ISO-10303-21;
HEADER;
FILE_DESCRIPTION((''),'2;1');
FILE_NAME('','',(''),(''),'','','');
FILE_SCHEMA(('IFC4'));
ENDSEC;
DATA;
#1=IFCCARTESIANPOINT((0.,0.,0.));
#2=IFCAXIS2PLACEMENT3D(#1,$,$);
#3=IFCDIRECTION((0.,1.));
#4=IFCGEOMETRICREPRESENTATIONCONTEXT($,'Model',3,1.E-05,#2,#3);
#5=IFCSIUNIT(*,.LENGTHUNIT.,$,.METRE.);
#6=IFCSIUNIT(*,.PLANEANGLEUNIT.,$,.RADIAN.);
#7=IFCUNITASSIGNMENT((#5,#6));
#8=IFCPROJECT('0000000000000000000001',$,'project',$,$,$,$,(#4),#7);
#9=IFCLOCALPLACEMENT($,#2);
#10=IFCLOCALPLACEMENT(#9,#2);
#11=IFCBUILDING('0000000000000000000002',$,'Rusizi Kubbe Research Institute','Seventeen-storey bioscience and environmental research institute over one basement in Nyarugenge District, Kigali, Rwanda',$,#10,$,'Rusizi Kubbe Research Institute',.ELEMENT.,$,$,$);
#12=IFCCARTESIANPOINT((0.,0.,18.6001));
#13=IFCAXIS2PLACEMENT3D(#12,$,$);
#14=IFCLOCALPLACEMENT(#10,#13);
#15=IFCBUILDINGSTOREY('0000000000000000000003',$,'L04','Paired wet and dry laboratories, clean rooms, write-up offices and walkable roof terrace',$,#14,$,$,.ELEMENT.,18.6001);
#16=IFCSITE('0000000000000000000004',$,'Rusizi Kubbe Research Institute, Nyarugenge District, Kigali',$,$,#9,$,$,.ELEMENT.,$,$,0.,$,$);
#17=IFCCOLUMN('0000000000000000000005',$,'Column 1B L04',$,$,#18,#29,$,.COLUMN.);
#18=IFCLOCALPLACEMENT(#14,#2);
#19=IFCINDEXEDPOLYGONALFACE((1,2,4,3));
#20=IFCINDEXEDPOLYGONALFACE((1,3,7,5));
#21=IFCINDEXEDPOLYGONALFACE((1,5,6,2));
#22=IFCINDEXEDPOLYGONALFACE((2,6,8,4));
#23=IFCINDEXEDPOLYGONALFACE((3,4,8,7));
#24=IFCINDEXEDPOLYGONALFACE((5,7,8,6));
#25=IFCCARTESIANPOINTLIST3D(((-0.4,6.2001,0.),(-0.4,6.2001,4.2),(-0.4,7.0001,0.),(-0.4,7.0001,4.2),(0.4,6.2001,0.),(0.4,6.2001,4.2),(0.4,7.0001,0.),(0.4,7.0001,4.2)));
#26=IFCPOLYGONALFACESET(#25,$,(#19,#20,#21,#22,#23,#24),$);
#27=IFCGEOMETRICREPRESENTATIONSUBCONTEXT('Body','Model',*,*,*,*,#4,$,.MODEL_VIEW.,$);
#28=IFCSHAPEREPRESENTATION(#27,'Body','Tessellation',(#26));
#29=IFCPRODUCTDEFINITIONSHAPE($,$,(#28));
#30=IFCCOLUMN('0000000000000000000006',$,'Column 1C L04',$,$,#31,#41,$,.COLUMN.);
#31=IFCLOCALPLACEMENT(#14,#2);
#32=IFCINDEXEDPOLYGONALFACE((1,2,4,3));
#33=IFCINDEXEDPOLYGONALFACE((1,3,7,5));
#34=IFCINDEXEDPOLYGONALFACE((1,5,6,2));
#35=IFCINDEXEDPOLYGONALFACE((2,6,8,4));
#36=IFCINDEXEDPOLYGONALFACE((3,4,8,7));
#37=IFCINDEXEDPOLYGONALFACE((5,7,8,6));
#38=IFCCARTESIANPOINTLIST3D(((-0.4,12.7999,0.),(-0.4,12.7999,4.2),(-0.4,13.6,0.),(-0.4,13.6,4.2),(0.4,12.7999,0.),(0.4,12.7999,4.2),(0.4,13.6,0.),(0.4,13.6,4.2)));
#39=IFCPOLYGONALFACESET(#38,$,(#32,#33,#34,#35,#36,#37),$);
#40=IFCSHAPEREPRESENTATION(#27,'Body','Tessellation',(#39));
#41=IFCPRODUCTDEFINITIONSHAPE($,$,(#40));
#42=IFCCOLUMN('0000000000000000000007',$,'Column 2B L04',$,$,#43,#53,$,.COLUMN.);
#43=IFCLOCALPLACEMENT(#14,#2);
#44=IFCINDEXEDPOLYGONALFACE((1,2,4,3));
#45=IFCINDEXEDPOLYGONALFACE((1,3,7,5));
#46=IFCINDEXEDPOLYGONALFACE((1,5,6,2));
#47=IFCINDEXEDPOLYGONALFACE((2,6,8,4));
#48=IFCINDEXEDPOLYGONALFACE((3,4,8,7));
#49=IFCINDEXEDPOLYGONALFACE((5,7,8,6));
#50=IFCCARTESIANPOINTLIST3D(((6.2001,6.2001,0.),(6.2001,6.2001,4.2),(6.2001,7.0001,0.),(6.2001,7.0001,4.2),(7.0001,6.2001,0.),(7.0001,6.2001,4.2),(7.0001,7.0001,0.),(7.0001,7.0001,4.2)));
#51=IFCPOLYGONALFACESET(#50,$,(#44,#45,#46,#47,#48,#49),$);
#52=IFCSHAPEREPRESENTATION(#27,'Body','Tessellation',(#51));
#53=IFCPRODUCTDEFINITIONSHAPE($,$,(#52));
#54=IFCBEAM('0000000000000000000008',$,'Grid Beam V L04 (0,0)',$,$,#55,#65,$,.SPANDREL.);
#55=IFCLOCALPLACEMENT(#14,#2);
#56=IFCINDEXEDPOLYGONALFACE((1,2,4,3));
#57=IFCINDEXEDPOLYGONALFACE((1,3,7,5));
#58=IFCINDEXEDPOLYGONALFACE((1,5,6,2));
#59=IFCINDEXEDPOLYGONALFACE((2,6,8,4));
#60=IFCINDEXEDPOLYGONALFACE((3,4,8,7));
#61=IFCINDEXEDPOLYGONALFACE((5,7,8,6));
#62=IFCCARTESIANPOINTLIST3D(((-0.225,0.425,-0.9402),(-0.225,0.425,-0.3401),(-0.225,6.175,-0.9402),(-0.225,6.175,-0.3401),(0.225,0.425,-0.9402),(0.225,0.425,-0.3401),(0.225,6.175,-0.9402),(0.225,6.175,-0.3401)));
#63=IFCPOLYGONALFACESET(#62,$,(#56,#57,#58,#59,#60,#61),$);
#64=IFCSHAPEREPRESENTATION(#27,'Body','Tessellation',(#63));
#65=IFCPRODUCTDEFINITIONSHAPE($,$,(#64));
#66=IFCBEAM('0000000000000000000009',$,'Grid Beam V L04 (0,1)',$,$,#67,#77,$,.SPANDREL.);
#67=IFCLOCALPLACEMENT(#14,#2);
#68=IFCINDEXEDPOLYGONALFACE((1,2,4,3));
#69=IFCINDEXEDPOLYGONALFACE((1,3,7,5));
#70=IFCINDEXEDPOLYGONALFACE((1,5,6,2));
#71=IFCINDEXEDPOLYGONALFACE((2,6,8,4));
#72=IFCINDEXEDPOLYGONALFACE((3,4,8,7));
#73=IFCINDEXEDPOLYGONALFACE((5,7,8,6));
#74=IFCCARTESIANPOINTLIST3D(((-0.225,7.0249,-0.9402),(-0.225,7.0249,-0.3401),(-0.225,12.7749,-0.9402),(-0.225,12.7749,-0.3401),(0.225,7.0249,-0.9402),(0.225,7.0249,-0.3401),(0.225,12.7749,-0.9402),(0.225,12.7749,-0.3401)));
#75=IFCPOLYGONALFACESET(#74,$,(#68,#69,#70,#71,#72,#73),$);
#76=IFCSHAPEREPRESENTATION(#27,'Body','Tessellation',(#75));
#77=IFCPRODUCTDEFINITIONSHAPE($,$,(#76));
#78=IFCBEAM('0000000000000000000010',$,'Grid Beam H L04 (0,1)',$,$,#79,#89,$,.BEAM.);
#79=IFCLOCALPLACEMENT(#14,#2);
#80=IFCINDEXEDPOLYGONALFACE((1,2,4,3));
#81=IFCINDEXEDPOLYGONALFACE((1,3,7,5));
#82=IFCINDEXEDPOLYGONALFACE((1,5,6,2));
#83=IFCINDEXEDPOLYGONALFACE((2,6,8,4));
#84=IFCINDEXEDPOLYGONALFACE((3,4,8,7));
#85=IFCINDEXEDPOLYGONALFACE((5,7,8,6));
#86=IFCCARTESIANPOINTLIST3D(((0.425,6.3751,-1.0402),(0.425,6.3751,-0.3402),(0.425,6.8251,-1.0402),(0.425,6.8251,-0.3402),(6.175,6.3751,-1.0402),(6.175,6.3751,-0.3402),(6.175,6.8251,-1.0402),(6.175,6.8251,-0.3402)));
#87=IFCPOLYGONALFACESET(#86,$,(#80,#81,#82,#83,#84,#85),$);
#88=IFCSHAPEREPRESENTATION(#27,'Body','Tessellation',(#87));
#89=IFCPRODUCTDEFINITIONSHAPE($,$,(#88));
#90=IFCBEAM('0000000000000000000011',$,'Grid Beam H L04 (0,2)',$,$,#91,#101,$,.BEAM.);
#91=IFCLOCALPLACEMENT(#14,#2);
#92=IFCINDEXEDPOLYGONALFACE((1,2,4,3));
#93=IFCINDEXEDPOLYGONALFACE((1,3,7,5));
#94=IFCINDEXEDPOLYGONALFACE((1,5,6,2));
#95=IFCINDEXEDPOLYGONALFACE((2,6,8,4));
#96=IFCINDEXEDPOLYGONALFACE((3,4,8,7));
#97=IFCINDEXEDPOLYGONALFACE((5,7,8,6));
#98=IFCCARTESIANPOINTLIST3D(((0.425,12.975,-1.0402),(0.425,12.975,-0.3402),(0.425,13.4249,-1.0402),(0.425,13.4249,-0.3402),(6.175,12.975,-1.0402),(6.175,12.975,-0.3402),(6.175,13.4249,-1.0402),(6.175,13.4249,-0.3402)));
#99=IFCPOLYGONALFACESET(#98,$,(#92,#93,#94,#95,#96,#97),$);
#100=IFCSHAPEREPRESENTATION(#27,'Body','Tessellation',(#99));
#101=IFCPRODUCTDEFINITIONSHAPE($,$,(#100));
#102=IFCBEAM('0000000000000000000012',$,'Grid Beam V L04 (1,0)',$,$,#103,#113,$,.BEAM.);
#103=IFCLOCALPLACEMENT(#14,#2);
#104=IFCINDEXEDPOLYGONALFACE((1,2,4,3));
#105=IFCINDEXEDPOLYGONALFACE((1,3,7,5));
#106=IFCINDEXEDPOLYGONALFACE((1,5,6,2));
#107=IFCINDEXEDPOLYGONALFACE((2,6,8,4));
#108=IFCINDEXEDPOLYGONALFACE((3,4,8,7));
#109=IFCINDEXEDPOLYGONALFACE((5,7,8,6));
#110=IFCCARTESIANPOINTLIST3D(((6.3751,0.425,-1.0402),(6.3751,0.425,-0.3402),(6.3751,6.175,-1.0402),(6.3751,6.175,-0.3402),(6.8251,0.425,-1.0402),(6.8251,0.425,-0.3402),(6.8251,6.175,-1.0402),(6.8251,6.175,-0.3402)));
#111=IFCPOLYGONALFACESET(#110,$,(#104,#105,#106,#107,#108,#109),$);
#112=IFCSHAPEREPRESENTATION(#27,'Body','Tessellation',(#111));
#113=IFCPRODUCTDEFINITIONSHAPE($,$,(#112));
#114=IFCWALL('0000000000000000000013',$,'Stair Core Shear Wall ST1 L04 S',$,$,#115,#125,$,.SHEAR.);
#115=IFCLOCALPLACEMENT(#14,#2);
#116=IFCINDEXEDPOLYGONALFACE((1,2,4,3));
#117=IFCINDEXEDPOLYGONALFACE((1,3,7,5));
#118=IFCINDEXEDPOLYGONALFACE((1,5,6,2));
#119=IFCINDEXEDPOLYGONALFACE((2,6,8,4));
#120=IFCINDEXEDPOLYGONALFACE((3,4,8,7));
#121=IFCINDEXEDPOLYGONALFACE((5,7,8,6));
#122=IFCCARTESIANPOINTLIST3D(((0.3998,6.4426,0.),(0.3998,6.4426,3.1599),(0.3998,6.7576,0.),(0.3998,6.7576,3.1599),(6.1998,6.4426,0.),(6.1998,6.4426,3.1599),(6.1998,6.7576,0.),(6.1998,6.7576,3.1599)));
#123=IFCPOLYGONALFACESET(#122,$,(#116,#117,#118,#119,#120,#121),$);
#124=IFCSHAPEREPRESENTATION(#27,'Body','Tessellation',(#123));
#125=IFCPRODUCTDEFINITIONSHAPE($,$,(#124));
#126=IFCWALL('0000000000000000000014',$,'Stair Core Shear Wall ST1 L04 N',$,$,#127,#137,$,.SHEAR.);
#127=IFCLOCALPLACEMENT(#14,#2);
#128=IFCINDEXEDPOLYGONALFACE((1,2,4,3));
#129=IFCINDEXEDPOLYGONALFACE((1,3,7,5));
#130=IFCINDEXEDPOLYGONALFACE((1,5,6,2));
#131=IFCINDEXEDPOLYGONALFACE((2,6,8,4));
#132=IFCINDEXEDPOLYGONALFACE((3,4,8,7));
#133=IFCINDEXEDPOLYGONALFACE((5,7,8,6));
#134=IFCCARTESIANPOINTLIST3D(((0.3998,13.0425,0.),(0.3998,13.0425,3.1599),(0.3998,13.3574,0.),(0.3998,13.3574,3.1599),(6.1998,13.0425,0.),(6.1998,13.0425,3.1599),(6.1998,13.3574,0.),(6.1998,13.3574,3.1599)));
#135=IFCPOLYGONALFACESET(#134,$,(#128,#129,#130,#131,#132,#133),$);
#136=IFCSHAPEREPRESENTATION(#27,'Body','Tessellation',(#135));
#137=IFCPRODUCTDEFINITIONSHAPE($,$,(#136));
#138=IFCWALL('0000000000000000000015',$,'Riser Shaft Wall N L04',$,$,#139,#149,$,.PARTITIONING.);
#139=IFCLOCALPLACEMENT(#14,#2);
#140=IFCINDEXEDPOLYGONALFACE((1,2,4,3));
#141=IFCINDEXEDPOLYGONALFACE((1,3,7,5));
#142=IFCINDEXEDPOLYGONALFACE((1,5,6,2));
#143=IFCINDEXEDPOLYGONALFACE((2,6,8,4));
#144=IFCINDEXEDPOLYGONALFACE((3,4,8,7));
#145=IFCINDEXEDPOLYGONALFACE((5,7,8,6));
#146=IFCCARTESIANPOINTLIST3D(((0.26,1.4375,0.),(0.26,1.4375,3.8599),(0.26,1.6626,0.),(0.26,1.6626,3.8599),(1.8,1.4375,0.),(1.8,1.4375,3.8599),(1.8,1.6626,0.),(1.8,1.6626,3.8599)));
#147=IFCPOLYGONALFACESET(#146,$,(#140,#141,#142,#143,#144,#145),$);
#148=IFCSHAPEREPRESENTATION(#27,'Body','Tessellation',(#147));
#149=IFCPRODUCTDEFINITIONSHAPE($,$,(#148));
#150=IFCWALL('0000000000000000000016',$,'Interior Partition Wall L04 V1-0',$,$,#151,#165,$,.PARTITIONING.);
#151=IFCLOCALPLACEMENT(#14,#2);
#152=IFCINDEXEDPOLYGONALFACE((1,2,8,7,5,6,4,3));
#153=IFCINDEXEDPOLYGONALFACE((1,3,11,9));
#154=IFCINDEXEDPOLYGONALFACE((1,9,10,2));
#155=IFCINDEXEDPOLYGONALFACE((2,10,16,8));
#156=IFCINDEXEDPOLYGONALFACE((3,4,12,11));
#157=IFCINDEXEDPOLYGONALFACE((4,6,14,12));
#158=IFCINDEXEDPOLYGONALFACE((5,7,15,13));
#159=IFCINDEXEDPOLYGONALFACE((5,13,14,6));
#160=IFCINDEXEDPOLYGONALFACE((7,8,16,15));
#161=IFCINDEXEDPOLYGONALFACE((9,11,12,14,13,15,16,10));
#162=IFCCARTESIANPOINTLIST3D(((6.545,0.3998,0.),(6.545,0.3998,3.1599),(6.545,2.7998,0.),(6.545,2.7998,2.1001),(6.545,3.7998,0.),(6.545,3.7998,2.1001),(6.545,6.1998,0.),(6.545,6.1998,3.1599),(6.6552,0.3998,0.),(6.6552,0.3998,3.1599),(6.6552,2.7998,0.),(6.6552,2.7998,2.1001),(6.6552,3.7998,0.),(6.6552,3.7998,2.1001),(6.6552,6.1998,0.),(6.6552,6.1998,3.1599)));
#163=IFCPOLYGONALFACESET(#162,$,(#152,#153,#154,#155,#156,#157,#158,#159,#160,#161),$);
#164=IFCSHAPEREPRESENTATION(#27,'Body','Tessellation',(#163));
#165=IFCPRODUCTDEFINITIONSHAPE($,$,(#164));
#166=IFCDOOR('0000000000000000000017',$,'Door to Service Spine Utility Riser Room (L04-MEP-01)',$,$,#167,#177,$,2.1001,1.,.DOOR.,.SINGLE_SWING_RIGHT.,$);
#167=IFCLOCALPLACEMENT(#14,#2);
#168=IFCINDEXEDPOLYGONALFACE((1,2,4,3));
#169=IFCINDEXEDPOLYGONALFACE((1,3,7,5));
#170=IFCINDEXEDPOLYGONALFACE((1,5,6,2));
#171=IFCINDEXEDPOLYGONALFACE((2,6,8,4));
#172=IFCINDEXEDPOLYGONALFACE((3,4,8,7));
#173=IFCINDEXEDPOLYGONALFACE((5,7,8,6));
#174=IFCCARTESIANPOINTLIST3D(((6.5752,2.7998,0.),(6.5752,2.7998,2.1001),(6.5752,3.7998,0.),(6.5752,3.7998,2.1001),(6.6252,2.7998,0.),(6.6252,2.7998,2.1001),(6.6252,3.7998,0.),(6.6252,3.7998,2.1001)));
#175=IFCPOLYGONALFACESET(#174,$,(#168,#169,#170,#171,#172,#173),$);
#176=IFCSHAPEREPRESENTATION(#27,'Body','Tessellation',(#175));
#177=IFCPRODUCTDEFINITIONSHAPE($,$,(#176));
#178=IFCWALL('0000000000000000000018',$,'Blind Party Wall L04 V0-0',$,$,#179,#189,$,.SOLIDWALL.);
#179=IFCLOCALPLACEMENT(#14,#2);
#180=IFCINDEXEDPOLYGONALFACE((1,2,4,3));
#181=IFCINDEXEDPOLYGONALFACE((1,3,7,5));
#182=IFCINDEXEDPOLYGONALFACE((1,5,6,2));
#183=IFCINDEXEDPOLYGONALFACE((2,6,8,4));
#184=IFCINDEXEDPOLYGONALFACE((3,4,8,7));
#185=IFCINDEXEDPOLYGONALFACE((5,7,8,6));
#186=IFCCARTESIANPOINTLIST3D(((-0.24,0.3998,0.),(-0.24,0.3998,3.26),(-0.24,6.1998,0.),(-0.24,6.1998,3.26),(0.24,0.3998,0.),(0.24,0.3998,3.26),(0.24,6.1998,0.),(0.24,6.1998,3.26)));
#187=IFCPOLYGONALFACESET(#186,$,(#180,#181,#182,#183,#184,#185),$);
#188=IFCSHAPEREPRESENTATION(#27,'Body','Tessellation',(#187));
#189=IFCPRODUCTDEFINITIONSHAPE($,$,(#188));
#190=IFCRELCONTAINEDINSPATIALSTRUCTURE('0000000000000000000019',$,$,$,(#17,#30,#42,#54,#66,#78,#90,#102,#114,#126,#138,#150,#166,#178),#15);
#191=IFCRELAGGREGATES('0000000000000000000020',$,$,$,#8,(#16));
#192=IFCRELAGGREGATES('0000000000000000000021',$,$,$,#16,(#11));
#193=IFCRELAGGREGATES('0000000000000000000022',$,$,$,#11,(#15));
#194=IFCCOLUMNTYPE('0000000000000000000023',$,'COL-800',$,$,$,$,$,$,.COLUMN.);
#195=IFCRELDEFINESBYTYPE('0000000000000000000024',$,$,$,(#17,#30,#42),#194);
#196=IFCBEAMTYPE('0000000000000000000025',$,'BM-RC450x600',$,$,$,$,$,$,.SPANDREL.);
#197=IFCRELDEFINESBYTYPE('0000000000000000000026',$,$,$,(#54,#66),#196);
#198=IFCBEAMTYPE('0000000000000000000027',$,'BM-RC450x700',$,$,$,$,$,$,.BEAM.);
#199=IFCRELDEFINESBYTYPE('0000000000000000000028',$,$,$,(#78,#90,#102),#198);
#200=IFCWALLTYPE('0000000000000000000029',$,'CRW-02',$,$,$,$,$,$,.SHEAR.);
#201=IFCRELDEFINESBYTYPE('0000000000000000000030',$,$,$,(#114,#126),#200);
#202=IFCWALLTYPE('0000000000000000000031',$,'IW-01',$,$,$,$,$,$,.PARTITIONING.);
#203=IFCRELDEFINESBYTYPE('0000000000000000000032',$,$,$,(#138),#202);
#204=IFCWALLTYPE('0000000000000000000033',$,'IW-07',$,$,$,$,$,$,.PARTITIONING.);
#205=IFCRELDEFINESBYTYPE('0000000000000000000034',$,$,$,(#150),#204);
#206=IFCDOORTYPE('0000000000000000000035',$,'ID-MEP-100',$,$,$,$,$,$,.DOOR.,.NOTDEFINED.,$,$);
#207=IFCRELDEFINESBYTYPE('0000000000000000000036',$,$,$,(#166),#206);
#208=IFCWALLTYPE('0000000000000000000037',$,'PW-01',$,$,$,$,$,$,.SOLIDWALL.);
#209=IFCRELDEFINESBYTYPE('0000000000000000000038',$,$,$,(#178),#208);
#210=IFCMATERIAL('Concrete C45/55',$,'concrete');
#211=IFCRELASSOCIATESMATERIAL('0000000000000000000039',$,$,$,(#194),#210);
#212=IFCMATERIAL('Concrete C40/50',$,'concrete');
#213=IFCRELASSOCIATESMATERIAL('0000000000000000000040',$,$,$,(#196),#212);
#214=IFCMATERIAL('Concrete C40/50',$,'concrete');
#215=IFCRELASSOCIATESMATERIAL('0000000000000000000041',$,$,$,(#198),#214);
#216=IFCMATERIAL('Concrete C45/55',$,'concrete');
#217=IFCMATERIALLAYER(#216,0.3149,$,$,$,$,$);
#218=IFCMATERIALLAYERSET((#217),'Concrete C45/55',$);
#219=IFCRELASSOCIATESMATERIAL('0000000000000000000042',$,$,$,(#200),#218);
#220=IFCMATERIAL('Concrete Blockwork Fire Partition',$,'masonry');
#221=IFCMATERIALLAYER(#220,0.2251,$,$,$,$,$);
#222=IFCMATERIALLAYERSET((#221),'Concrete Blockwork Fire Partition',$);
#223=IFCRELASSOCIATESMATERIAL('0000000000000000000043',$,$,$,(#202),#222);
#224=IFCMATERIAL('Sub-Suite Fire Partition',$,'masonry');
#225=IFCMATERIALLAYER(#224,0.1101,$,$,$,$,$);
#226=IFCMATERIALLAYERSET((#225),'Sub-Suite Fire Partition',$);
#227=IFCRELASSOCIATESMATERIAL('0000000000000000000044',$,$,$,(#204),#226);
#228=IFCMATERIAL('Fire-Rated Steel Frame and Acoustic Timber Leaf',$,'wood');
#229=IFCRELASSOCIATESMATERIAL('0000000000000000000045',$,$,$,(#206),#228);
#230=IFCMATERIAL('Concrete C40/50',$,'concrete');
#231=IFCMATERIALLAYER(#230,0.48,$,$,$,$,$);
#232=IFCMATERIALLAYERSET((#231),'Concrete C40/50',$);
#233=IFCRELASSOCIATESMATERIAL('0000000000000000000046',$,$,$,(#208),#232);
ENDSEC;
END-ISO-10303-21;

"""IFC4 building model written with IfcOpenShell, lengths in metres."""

from ifc_helpers import new_model, si_unit, direction, frame, frame_2d, origin, origin_2d, place, context, subcontext, project, spatial, rectangle, extrude, material, layer, layer_set, material_profile, profile_set, type_object, element, fill, save


model = new_model("IFC4")

# Units and contexts
model_context = context("Model", 3, precision=1e-05, world=origin(), true_north=direction((0.0, 1.0)))
body_context = subcontext(model_context, "Body", "Model", "MODEL_VIEW")
ifc_project = project(units=[si_unit("LENGTHUNIT", "METRE"), si_unit("PLANEANGLEUNIT", "RADIAN")], contexts=[model_context])

# Site, building, storey
site_placement = place(None, origin())
site = spatial("IfcSite", under=ifc_project, at=site_placement, Name="Rusizi Kubbe Research Institute, Nyarugenge District, Kigali", CompositionType="ELEMENT", RefElevation=0.0)
building_placement = place(site_placement, origin())
building = spatial("IfcBuilding", under=site, at=building_placement, Name="Rusizi Kubbe Research Institute", Description="Seventeen-storey bioscience and environmental research institute over one basement in Nyarugenge District, Kigali, Rwanda", LongName="Rusizi Kubbe Research Institute", CompositionType="ELEMENT")
storey_placement = place(building_placement, frame((0.0, 0.0, 18.6001)))
storey = spatial("IfcBuildingStorey", under=building, at=storey_placement, Name="L04", Description="Paired wet and dry laboratories, clean rooms, write-up offices and walkable roof terrace", CompositionType="ELEMENT", Elevation=18.6001)

# Columns
ifc_material_1 = material(Name="Concrete C45/55", Category="concrete")
ifc_material_profile_1 = material_profile(ifc_material_1, rectangle(XDim=0.8, YDim=0.8, at=origin_2d()), Name="RC800x800")
ifc_profile_set_1 = profile_set([ifc_material_profile_1], Name="Concrete C45/55")
column_type = type_object("IfcColumnType", Name="COL-800", PredefinedType="COLUMN", material=ifc_profile_set_1)
for number, where, z_axis, x_axis, name in (
    (1, (0.0, 6.6001, 0.0), (0.0, 0.0, 1.0), (1.0, 0.0, 0.0), "Column 1B L04"),
    (2, (0.0, 13.2, 0.0), (0.0, 0.0, 1.0), (1.0, 0.0, 0.0), "Column 1C L04"),
    (3, (6.6001, 6.6001, 0.0), (0.0, 0.0, 1.0), (1.0, 0.0, 0.0), "Column 2B L04"),
):
    element("IfcColumn", number, at=place(storey_placement, frame(where, z_axis=z_axis, x_axis=x_axis)), inside=storey, type_object=column_type, Name=name, PredefinedType="COLUMN", context=body_context, shape_type="SweptSolid", body=[
        extrude(rectangle(XDim=0.8, YDim=0.8, at=origin_2d()), origin(), (0.0, 0.0, 1.0), 4.2),
    ])

# Beams
ifc_material_2 = material(Name="Concrete C40/50", Category="concrete")
ifc_material_profile_2 = material_profile(ifc_material_2, rectangle(XDim=0.45, YDim=0.6001, at=origin_2d()), Name="RC450x600")
ifc_profile_set_2 = profile_set([ifc_material_profile_2], Name="Concrete C40/50")
beam_type_1 = type_object("IfcBeamType", Name="BM-RC450x600", PredefinedType="SPANDREL", material=ifc_profile_set_2)
for number, where, z_axis, x_axis, name in (
    (4, (0.0, 0.425, -0.6401), (0.0, 1.0, 0.0), (-1.0, 0.0, 0.0), "Grid Beam V L04 (0,0)"),
    (5, (0.0, 7.0249, -0.6401), (0.0, 1.0, 0.0), (-1.0, 0.0, 0.0), "Grid Beam V L04 (0,1)"),
):
    element("IfcBeam", number, at=place(storey_placement, frame(where, z_axis=z_axis, x_axis=x_axis)), inside=storey, type_object=beam_type_1, Name=name, PredefinedType="SPANDREL", context=body_context, shape_type="SweptSolid", body=[
        extrude(rectangle(XDim=0.45, YDim=0.6001, at=origin_2d()), origin(), (0.0, 0.0, 1.0), 5.75),
    ])
ifc_material_3 = material(Name="Concrete C40/50", Category="concrete")
ifc_material_profile_3 = material_profile(ifc_material_3, rectangle(XDim=0.45, YDim=0.7, at=origin_2d()), Name="RC450x700B")
ifc_profile_set_3 = profile_set([ifc_material_profile_3], Name="Concrete C40/50")
beam_type_2 = type_object("IfcBeamType", Name="BM-RC450x700", PredefinedType="BEAM", material=ifc_profile_set_3)
for number, where, z_axis, x_axis, name in (
    (6, (0.425, 6.6001, -0.6902), (1.0, 0.0, 0.0), (0.0, 1.0, 0.0), "Grid Beam H L04 (0,1)"),
    (7, (0.425, 13.2, -0.6902), (1.0, 0.0, 0.0), (0.0, 1.0, 0.0), "Grid Beam H L04 (0,2)"),
    (8, (6.6001, 0.425, -0.6902), (0.0, 1.0, 0.0), (-1.0, 0.0, 0.0), "Grid Beam V L04 (1,0)"),
):
    element("IfcBeam", number, at=place(storey_placement, frame(where, z_axis=z_axis, x_axis=x_axis)), inside=storey, type_object=beam_type_2, Name=name, PredefinedType="BEAM", context=body_context, shape_type="SweptSolid", body=[
        extrude(rectangle(XDim=0.45, YDim=0.7, at=origin_2d()), origin(), (0.0, 0.0, 1.0), 5.75),
    ])

# Walls
ifc_material_4 = material(Name="Concrete C45/55", Category="concrete")
ifc_layer_1 = layer(ifc_material_4, 0.3149)
ifc_layer_set_1 = layer_set([ifc_layer_1], Name="Concrete C45/55")
wall_type_1 = type_object("IfcWallType", Name="CRW-02", PredefinedType="SHEAR", material=ifc_layer_set_1)
for number, where, z_axis, x_axis, name in (
    (9, (0.3999, 6.6001, 0.0), (0.0, 0.0, 1.0), (1.0, 0.0, 0.0), "Stair Core Shear Wall ST1 L04 S"),
    (10, (0.3999, 13.2, 0.0), (0.0, 0.0, 1.0), (1.0, 0.0, 0.0), "Stair Core Shear Wall ST1 L04 N"),
):
    element("IfcWall", number, at=place(storey_placement, frame(where, z_axis=z_axis, x_axis=x_axis)), inside=storey, type_object=wall_type_1, Name=name, PredefinedType="SHEAR", context=body_context, shape_type="SweptSolid", body=[
        extrude(rectangle(XDim=5.8, YDim=0.3149, at=frame_2d((2.8999, 0.0))), origin(), (0.0, 0.0, 1.0), 3.1599),
    ])
ifc_material_5 = material(Name="Concrete Blockwork Fire Partition", Category="masonry")
ifc_layer_2 = layer(ifc_material_5, 0.2251)
ifc_layer_set_2 = layer_set([ifc_layer_2], Name="Concrete Blockwork Fire Partition")
wall_type_2 = type_object("IfcWallType", Name="IW-01", PredefinedType="PARTITIONING", material=ifc_layer_set_2)
wall_1_placement = place(storey_placement, frame((0.26, 1.55, 0.0), z_axis=(0.0, 0.0, 1.0), x_axis=(1.0, 0.0, 0.0)))
element("IfcWall", 11, at=wall_1_placement, inside=storey, type_object=wall_type_2, Name="Riser Shaft Wall N L04", PredefinedType="PARTITIONING", context=body_context, shape_type="SweptSolid", body=[
    extrude(rectangle(XDim=1.54, YDim=0.2251, at=frame_2d((0.77, 0.0))), origin(), (0.0, 0.0, 1.0), 3.8599),
])

# Wall, opening, door
ifc_material_6 = material(Name="Sub-Suite Fire Partition", Category="masonry")
ifc_layer_3 = layer(ifc_material_6, 0.1101)
ifc_layer_set_3 = layer_set([ifc_layer_3], Name="Sub-Suite Fire Partition")
wall_type_3 = type_object("IfcWallType", Name="IW-07", PredefinedType="PARTITIONING", material=ifc_layer_set_3)
wall_2_placement = place(storey_placement, frame((6.6001, 0.3999, 0.0), z_axis=(0.0, 0.0, 1.0), x_axis=(0.0, 1.0, 0.0)))
wall_2 = element("IfcWall", 12, at=wall_2_placement, inside=storey, type_object=wall_type_3, Name="Interior Partition Wall L04 V1-0", PredefinedType="PARTITIONING", context=body_context, shape_type="SweptSolid", body=[
    extrude(rectangle(XDim=5.8, YDim=0.1101, at=frame_2d((2.8999, 0.0))), origin(), (0.0, 0.0, 1.0), 3.1599),
])
opening_placement = place(wall_2_placement, frame((2.3999, 0.0, 0.0)))
opening = element("IfcOpeningElement", 13, at=opening_placement, cuts=wall_2, PredefinedType="OPENING", context=body_context, shape_type="SweptSolid", body=[
    extrude(rectangle(XDim=1.0, YDim=2.1001, at=frame_2d((0.5, 1.05))), frame((0.0, 0.0649, 0.0), z_axis=(0.0, -1.0, 0.0), x_axis=(1.0, 0.0, 0.0)), (0.0, 0.0, 1.0), 0.1301),
])
ifc_material_7 = material(Name="Fire-Rated Steel Frame and Acoustic Timber Leaf", Category="wood")
door_type = type_object("IfcDoorType", Name="ID-MEP-100", OperationType="NOTDEFINED", PredefinedType="DOOR", material=ifc_material_7)
door_placement = place(opening_placement, origin())
door = element("IfcDoor", 14, at=door_placement, inside=storey, type_object=door_type, Name="Door to Service Spine Utility Riser Room (L04-MEP-01)", OperationType="SINGLE_SWING_RIGHT", OverallHeight=2.1001, OverallWidth=1.0, PredefinedType="DOOR", context=body_context, shape_type="SweptSolid", body=[
    extrude(rectangle(XDim=1.0, YDim=2.1001, at=frame_2d((0.5, 1.05))), frame((0.0, 0.0249, 0.0), z_axis=(0.0, -1.0, 0.0), x_axis=(1.0, 0.0, 0.0)), (0.0, 0.0, 1.0), 0.05),
])
fill(opening, door)

# Wall
ifc_material_8 = material(Name="Concrete C40/50", Category="concrete")
ifc_layer_4 = layer(ifc_material_8, 0.48)
ifc_layer_set_4 = layer_set([ifc_layer_4], Name="Concrete C40/50")
wall_type_4 = type_object("IfcWallType", Name="PW-01", PredefinedType="SOLIDWALL", material=ifc_layer_set_4)
for number, where, z_axis, x_axis, name in (
    (15, (0.0, 0.3999, 0.0), (0.0, 0.0, 1.0), (0.0, 1.0, 0.0), "Blind Party Wall L04 V0-0"),
):
    element("IfcWall", number, at=place(storey_placement, frame(where, z_axis=z_axis, x_axis=x_axis)), inside=storey, type_object=wall_type_4, Name=name, PredefinedType="SOLIDWALL", context=body_context, shape_type="SweptSolid", body=[
        extrude(rectangle(XDim=5.8, YDim=0.48, at=frame_2d((2.8999, 0.0))), origin(), (0.0, 0.0, 1.0), 3.26),
    ])

save(model, "model.ifc")
